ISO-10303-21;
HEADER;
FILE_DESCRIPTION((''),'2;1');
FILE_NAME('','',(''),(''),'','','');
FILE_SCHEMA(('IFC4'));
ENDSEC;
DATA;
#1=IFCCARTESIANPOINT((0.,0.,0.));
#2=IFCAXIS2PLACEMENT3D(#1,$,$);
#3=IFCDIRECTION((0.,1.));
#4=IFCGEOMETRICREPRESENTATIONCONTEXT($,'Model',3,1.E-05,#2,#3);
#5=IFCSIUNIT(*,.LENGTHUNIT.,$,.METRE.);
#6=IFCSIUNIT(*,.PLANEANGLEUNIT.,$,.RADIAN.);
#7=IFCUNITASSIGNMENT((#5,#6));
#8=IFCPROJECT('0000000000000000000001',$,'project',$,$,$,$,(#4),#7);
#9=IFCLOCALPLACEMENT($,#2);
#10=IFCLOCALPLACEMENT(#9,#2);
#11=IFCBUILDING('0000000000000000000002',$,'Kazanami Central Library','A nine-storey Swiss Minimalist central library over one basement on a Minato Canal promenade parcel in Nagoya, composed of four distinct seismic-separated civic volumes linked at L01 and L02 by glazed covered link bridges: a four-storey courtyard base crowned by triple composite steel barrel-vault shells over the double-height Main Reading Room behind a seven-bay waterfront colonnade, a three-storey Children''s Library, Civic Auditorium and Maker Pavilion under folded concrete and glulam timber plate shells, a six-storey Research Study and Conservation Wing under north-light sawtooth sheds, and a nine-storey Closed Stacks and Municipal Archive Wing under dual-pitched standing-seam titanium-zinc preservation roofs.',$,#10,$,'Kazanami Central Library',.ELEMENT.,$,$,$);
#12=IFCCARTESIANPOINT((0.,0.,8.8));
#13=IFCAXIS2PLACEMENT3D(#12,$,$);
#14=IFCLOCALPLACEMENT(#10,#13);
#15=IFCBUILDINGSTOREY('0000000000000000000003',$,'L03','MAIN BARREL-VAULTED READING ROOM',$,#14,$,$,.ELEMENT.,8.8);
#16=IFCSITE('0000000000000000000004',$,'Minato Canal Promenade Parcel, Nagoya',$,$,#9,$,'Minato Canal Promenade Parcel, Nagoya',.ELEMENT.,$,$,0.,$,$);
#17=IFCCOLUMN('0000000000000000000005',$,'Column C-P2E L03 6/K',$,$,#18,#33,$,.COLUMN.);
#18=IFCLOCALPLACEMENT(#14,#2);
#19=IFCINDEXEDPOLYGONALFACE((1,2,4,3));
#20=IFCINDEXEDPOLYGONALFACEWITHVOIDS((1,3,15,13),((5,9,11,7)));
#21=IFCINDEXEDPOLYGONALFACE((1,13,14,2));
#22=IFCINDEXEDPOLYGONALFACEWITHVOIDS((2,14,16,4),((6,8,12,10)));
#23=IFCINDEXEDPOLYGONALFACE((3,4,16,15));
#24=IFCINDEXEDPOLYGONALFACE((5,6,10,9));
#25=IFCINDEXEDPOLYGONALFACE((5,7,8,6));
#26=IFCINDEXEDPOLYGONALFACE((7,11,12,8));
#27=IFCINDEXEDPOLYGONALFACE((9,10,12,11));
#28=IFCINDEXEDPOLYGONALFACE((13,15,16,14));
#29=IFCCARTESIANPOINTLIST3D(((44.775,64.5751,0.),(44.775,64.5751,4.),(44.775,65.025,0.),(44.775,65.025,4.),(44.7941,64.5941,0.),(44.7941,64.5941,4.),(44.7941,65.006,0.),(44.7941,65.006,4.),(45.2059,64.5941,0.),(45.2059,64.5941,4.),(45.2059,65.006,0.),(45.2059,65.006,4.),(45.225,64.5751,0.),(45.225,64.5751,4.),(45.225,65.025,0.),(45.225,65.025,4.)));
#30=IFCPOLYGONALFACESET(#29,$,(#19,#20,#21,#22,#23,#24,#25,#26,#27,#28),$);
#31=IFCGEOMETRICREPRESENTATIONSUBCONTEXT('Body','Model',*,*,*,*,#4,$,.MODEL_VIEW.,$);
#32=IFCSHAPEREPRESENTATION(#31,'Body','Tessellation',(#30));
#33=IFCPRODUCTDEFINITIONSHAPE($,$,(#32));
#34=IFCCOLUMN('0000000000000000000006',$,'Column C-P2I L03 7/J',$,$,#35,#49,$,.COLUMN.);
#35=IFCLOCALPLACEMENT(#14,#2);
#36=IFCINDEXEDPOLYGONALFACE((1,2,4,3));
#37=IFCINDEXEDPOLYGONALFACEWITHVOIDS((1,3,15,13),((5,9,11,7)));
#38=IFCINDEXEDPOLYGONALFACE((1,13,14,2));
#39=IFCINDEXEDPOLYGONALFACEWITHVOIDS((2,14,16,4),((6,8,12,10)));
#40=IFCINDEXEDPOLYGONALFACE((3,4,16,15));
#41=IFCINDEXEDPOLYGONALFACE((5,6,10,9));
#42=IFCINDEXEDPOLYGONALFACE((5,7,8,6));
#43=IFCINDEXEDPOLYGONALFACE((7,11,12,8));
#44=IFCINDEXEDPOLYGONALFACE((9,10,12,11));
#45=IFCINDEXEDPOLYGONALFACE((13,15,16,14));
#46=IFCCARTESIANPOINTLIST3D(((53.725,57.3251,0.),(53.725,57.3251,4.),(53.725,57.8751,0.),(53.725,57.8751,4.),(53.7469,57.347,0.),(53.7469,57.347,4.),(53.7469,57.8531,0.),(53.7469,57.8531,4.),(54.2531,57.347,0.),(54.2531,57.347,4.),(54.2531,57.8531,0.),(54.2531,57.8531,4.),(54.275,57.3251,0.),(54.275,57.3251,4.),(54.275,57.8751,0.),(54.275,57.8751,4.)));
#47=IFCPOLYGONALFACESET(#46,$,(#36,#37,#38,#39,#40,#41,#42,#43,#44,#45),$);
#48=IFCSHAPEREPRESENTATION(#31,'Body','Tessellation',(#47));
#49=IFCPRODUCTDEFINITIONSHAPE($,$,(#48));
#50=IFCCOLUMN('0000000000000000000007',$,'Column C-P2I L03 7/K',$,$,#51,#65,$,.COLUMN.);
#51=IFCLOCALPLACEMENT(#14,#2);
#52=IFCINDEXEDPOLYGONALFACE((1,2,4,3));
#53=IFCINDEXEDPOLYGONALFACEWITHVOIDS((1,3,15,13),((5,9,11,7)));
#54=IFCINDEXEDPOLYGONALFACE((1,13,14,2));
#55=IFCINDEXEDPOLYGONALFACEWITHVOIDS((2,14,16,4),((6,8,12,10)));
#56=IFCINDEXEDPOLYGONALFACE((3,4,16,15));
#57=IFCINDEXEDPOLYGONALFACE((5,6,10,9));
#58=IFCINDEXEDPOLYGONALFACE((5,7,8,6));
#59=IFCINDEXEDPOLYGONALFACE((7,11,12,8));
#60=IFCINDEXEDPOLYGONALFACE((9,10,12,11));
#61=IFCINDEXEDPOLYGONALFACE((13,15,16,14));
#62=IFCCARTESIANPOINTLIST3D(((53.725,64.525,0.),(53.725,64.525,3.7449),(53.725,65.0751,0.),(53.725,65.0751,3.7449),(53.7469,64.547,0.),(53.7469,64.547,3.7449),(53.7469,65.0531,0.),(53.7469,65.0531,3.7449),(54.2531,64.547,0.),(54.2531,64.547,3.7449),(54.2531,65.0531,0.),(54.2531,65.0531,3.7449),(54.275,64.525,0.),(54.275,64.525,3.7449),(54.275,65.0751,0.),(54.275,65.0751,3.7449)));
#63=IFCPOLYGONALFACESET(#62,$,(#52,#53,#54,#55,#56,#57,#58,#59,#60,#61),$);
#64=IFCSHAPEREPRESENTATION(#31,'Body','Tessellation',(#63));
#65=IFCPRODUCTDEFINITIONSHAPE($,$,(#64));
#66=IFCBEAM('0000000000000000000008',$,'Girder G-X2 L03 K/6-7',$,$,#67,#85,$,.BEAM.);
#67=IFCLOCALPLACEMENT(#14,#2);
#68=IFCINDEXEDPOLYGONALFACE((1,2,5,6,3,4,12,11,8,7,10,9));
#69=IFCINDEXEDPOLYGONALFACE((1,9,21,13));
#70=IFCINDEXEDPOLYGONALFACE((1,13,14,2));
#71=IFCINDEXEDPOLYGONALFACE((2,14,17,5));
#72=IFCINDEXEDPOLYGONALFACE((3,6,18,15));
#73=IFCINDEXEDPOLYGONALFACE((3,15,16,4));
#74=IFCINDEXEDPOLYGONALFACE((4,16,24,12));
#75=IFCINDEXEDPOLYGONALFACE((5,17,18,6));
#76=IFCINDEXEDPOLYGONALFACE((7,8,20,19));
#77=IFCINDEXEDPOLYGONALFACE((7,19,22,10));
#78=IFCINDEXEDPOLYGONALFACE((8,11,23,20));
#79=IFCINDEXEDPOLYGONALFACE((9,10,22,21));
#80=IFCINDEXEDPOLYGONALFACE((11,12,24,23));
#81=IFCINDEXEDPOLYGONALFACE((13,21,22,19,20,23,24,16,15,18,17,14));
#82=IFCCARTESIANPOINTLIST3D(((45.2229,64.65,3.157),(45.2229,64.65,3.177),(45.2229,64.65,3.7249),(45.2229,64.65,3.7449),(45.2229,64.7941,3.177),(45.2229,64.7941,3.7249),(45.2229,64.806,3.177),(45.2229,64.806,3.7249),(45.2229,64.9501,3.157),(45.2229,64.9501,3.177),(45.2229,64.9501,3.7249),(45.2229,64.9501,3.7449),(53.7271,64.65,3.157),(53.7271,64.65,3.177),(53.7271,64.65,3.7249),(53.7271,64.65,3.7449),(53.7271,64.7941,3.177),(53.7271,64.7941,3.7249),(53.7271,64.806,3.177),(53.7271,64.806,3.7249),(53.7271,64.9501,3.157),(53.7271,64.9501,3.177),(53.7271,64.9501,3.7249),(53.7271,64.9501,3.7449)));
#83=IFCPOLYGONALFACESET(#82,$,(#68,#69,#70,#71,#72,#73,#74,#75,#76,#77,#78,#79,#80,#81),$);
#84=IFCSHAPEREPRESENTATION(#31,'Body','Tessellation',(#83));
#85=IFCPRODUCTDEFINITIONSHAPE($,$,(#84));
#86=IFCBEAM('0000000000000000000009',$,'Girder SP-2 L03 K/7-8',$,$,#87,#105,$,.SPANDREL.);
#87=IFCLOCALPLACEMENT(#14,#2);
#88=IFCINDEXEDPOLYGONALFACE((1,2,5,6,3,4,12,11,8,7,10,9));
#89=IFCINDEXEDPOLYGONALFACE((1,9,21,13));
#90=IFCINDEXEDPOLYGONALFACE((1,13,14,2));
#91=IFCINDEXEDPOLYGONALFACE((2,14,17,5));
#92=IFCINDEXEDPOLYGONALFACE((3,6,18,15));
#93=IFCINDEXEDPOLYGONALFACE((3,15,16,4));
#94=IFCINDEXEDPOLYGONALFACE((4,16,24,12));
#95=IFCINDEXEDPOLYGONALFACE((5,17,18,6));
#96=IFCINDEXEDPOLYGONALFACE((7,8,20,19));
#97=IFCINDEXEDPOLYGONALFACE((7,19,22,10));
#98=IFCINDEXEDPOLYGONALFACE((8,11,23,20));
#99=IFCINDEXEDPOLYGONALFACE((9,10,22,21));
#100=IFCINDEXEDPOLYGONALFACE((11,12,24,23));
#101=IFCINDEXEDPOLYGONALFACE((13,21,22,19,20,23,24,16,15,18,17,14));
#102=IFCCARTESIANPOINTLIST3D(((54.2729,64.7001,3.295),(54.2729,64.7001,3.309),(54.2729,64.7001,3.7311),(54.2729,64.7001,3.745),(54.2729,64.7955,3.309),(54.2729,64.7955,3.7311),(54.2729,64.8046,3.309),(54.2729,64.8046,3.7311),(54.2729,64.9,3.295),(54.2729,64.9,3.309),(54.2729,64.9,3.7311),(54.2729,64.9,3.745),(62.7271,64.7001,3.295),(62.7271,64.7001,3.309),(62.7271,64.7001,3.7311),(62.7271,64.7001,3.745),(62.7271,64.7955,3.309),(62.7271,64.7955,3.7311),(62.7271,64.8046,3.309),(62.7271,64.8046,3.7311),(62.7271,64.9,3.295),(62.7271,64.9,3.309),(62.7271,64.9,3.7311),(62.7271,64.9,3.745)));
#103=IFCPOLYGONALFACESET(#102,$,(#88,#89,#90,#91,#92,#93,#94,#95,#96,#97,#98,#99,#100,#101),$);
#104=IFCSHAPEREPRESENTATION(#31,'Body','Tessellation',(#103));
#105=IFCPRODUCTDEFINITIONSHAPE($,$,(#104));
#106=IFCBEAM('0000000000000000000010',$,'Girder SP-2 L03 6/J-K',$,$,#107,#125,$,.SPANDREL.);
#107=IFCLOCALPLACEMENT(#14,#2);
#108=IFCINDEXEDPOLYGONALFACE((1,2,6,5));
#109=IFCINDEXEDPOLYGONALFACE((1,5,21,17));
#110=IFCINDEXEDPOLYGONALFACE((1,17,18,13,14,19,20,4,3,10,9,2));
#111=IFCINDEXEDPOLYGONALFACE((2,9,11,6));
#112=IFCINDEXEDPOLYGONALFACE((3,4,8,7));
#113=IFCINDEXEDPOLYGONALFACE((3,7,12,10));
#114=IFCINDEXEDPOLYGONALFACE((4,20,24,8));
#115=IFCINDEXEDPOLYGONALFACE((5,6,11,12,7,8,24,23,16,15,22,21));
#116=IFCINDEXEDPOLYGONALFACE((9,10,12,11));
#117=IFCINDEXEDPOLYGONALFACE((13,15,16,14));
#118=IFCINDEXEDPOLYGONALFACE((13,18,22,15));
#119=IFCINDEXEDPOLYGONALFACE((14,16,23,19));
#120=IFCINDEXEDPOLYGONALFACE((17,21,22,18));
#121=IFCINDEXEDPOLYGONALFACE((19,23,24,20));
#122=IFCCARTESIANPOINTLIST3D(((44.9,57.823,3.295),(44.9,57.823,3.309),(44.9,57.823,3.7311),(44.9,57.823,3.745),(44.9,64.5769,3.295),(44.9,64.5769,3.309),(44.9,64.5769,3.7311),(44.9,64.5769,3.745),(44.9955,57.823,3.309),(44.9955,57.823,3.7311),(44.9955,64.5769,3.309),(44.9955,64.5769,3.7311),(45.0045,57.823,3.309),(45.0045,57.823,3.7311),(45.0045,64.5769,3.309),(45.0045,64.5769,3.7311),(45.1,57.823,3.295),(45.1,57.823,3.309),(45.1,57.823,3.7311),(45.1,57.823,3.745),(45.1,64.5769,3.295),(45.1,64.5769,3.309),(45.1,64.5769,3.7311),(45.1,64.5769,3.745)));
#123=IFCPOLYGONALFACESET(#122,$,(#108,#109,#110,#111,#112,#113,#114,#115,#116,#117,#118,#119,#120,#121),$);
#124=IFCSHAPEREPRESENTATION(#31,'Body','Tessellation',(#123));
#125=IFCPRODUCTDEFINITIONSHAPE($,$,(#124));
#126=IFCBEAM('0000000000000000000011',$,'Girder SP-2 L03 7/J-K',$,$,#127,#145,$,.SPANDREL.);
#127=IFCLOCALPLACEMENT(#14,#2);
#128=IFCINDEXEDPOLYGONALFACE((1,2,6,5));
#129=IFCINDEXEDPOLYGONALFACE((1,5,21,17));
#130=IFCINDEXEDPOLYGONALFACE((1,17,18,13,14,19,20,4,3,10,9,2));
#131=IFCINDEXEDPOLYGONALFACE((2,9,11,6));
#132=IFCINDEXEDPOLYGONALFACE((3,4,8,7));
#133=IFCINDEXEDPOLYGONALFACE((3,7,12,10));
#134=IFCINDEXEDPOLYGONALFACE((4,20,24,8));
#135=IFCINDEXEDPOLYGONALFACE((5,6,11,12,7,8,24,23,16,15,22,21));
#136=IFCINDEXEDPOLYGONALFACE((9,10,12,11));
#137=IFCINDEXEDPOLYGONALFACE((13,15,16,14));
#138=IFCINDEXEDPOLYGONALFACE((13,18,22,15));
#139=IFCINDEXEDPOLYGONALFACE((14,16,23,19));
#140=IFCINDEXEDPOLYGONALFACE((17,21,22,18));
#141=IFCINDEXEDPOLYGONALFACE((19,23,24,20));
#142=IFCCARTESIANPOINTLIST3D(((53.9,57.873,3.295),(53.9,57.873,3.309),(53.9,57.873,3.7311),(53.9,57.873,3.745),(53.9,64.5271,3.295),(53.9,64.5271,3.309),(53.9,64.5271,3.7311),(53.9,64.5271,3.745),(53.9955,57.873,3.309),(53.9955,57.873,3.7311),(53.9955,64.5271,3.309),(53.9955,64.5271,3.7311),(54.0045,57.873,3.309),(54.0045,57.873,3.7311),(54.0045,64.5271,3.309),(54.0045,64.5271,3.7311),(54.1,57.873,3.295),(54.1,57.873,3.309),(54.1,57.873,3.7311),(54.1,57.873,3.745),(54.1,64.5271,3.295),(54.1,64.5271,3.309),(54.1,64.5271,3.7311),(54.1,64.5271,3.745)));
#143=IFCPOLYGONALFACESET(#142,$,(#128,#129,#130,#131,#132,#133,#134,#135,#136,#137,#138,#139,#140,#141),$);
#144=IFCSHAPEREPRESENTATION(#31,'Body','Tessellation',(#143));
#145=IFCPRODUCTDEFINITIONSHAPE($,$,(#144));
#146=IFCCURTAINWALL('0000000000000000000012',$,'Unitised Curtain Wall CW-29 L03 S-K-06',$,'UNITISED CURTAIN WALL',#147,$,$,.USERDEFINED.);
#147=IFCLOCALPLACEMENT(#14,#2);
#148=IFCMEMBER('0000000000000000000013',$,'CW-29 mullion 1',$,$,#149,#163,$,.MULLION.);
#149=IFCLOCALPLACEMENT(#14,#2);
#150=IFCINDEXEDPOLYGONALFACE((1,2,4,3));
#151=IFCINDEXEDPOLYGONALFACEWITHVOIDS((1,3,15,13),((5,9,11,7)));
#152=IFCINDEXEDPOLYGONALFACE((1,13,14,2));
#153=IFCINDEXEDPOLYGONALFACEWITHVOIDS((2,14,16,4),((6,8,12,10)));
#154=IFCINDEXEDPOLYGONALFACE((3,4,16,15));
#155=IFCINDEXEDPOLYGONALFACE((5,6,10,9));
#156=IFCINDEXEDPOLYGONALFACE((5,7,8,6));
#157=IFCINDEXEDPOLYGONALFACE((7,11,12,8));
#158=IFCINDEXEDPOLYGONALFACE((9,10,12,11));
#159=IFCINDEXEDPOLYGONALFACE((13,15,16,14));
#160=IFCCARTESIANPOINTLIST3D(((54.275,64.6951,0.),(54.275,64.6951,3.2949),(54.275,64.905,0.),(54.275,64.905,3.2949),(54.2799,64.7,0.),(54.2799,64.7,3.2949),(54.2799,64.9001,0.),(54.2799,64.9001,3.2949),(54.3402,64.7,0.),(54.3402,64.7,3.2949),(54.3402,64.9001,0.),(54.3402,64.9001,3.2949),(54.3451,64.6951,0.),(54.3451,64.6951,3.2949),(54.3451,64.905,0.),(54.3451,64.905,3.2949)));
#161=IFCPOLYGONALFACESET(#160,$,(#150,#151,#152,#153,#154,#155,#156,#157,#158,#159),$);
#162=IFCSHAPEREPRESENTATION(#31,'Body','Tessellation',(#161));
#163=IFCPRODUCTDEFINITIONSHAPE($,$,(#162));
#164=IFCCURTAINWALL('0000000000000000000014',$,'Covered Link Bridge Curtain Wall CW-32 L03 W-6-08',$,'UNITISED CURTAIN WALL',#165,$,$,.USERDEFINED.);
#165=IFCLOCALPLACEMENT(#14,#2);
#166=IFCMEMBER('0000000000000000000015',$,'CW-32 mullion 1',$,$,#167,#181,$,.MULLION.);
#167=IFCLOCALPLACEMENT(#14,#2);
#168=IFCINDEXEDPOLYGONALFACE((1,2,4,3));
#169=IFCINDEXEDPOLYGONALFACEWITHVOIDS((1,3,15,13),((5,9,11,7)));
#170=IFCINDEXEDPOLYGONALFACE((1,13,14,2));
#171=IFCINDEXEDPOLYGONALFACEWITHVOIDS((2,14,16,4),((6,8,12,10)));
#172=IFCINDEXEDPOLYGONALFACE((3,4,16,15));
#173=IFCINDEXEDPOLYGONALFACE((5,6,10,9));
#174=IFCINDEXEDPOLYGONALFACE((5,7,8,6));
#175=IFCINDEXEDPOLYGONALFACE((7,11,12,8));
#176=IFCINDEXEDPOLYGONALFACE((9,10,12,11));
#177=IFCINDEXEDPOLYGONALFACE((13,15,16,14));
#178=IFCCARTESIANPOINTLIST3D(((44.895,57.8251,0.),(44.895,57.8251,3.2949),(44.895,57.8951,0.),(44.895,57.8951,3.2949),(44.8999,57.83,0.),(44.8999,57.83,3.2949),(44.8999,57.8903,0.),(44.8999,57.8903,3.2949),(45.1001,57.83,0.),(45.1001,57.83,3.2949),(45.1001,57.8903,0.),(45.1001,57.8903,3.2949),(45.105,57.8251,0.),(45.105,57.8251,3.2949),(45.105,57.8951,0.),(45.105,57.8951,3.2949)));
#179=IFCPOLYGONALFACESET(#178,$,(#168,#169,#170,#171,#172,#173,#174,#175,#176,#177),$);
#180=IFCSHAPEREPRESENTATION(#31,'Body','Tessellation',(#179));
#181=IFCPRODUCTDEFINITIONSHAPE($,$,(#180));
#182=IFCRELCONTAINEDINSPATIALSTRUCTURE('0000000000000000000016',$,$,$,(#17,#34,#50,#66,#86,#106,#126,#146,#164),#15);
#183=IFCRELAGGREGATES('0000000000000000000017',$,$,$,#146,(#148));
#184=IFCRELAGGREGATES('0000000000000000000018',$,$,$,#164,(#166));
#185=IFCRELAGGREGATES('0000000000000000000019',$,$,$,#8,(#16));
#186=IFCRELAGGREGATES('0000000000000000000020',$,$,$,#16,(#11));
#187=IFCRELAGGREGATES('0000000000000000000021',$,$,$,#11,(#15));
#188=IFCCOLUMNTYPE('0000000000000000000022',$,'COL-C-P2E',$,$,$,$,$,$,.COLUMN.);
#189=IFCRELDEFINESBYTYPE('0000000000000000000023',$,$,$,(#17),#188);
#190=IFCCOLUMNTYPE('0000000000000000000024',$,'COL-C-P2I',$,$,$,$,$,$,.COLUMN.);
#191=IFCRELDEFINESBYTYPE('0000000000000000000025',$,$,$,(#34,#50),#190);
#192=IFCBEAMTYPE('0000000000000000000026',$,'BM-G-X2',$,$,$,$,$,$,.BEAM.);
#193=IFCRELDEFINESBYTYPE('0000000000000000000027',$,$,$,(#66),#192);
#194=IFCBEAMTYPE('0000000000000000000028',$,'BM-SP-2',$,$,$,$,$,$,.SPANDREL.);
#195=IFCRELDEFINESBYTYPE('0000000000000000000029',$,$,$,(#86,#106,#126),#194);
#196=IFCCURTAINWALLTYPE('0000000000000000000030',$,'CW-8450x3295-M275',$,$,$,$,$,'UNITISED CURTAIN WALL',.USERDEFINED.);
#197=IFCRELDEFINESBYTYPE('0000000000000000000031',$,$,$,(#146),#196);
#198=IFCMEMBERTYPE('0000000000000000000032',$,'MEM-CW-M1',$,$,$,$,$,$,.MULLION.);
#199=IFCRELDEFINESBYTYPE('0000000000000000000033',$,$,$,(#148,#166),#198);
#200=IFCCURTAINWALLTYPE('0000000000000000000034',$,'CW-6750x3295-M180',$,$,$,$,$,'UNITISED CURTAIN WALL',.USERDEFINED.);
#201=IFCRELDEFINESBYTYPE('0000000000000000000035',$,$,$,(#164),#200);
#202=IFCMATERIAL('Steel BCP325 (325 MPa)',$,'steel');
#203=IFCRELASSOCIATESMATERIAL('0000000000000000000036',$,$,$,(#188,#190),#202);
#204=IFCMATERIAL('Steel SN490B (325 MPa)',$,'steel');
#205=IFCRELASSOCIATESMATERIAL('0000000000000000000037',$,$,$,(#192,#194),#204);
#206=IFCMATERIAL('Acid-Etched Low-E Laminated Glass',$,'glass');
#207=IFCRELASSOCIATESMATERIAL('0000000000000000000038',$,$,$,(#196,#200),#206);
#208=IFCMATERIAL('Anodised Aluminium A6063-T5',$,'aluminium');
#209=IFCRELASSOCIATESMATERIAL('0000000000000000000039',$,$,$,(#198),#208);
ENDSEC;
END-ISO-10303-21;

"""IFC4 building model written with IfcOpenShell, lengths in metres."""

from ifc_helpers import new_model, si_unit, direction, frame, origin, origin_2d, place, context, subcontext, project, spatial, hollow_rectangle, i_section, extrude, material, material_profile, profile_set, type_object, element, aggregate, save


model = new_model("IFC4")

# Units and contexts
model_context = context("Model", 3, precision=1e-05, world=origin(), true_north=direction((0.0, 1.0)))
body_context = subcontext(model_context, "Body", "Model", "MODEL_VIEW")
ifc_project = project(units=[si_unit("LENGTHUNIT", "METRE"), si_unit("PLANEANGLEUNIT", "RADIAN")], contexts=[model_context])

# Site, building, storey
site_placement = place(None, origin())
site = spatial("IfcSite", under=ifc_project, at=site_placement, Name="Minato Canal Promenade Parcel, Nagoya", LongName="Minato Canal Promenade Parcel, Nagoya", CompositionType="ELEMENT", RefElevation=0.0)
building_placement = place(site_placement, origin())
building = spatial("IfcBuilding", under=site, at=building_placement, Name="Kazanami Central Library", Description="A nine-storey Swiss Minimalist central library over one basement on a Minato Canal promenade parcel in Nagoya, composed of four distinct seismic-separated civic volumes linked at L01 and L02 by glazed covered link bridges: a four-storey courtyard base crowned by triple composite steel barrel-vault shells over the double-height Main Reading Room behind a seven-bay waterfront colonnade, a three-storey Children's Library, Civic Auditorium and Maker Pavilion under folded concrete and glulam timber plate shells, a six-storey Research Study and Conservation Wing under north-light sawtooth sheds, and a nine-storey Closed Stacks and Municipal Archive Wing under dual-pitched standing-seam titanium-zinc preservation roofs.", LongName="Kazanami Central Library", CompositionType="ELEMENT")
storey_placement = place(building_placement, frame((0.0, 0.0, 8.8)))
storey = spatial("IfcBuildingStorey", under=building, at=storey_placement, Name="L03", Description="MAIN BARREL-VAULTED READING ROOM", CompositionType="ELEMENT", Elevation=8.8)

# Columns
ifc_material_1 = material(Name="Steel BCP325 (325 MPa)", Category="steel")
ifc_material_profile_1 = material_profile(ifc_material_1, hollow_rectangle(XDim=0.45, YDim=0.45, WallThickness=0.019, at=origin_2d()), Name="BCP-450x450x19")
ifc_profile_set_1 = profile_set([ifc_material_profile_1], Name="Steel BCP325 (325 MPa)")
column_type_1 = type_object("IfcColumnType", Name="COL-C-P2E", PredefinedType="COLUMN", material=ifc_profile_set_1)
column_1_placement = place(storey_placement, frame((45.0, 64.8, 0.0), z_axis=(0.0, 0.0, 1.0), x_axis=(1.0, 0.0, 0.0)))
element("IfcColumn", 1, at=column_1_placement, inside=storey, type_object=column_type_1, Name="Column C-P2E L03 6/K", PredefinedType="COLUMN", context=body_context, shape_type="SweptSolid", body=[
    extrude(hollow_rectangle(XDim=0.45, YDim=0.45, WallThickness=0.019, at=origin_2d()), origin(), (0.0, 0.0, 1.0), 4.0),
])
ifc_material_profile_2 = material_profile(ifc_material_1, hollow_rectangle(XDim=0.55, YDim=0.55, WallThickness=0.022, at=origin_2d()), Name="BCP-550x550x22")
ifc_profile_set_2 = profile_set([ifc_material_profile_2], Name="Steel BCP325 (325 MPa)")
column_type_2 = type_object("IfcColumnType", Name="COL-C-P2I", PredefinedType="COLUMN", material=ifc_profile_set_2)
column_2_placement = place(storey_placement, frame((54.0, 57.6001, 0.0), z_axis=(0.0, 0.0, 1.0), x_axis=(1.0, 0.0, 0.0)))
element("IfcColumn", 2, at=column_2_placement, inside=storey, type_object=column_type_2, Name="Column C-P2I L03 7/J", PredefinedType="COLUMN", context=body_context, shape_type="SweptSolid", body=[
    extrude(hollow_rectangle(XDim=0.55, YDim=0.55, WallThickness=0.022, at=origin_2d()), origin(), (0.0, 0.0, 1.0), 4.0),
])
column_3_placement = place(storey_placement, frame((54.0, 64.8, 0.0), z_axis=(0.0, 0.0, 1.0), x_axis=(1.0, 0.0, 0.0)))
element("IfcColumn", 3, at=column_3_placement, inside=storey, type_object=column_type_2, Name="Column C-P2I L03 7/K", PredefinedType="COLUMN", context=body_context, shape_type="SweptSolid", body=[
    extrude(hollow_rectangle(XDim=0.55, YDim=0.55, WallThickness=0.022, at=origin_2d()), origin(), (0.0, 0.0, 1.0), 3.7449),
])

# Beams
ifc_material_2 = material(Name="Steel SN490B (325 MPa)", Category="steel")
ifc_material_profile_3 = material_profile(ifc_material_2, i_section(OverallWidth=0.3, OverallDepth=0.5879, WebThickness=0.012, FlangeThickness=0.02, at=origin_2d()), Name="H-588x300x12x20")
ifc_profile_set_3 = profile_set([ifc_material_profile_3], Name="Steel SN490B (325 MPa)")
beam_type_1 = type_object("IfcBeamType", Name="BM-G-X2", PredefinedType="BEAM", material=ifc_profile_set_3)
beam_1_placement = place(storey_placement, frame((45.2229, 64.8, 3.4509), z_axis=(1.0, 0.0, 0.0), x_axis=(0.0, 1.0, 0.0)))
element("IfcBeam", 4, at=beam_1_placement, inside=storey, type_object=beam_type_1, Name="Girder G-X2 L03 K/6-7", PredefinedType="BEAM", context=body_context, shape_type="SweptSolid", body=[
    extrude(i_section(OverallWidth=0.3, OverallDepth=0.5879, WebThickness=0.012, FlangeThickness=0.02, at=origin_2d()), origin(), (0.0, 0.0, 1.0), 8.5042),
])
ifc_material_profile_4 = material_profile(ifc_material_2, i_section(OverallWidth=0.2, OverallDepth=0.45, WebThickness=0.009, FlangeThickness=0.0139, at=origin_2d()), Name="H-450x200x9x14")
ifc_profile_set_4 = profile_set([ifc_material_profile_4], Name="Steel SN490B (325 MPa)")
beam_type_2 = type_object("IfcBeamType", Name="BM-SP-2", PredefinedType="SPANDREL", material=ifc_profile_set_4)
beam_2_placement = place(storey_placement, frame((54.2729, 64.8, 3.52), z_axis=(1.0, 0.0, 0.0), x_axis=(0.0, 1.0, 0.0)))
element("IfcBeam", 5, at=beam_2_placement, inside=storey, type_object=beam_type_2, Name="Girder SP-2 L03 K/7-8", PredefinedType="SPANDREL", context=body_context, shape_type="SweptSolid", body=[
    extrude(i_section(OverallWidth=0.2, OverallDepth=0.45, WebThickness=0.009, FlangeThickness=0.0139, at=origin_2d()), origin(), (0.0, 0.0, 1.0), 8.4541),
])
beam_3_placement = place(storey_placement, frame((45.0, 57.823, 3.52), z_axis=(0.0, 1.0, 0.0), x_axis=(-1.0, 0.0, 0.0)))
element("IfcBeam", 6, at=beam_3_placement, inside=storey, type_object=beam_type_2, Name="Girder SP-2 L03 6/J-K", PredefinedType="SPANDREL", context=body_context, shape_type="SweptSolid", body=[
    extrude(i_section(OverallWidth=0.2, OverallDepth=0.45, WebThickness=0.009, FlangeThickness=0.0139, at=origin_2d()), origin(), (0.0, 0.0, 1.0), 6.7539),
])
beam_4_placement = place(storey_placement, frame((54.0, 57.873, 3.52), z_axis=(0.0, 1.0, 0.0), x_axis=(-1.0, 0.0, 0.0)))
element("IfcBeam", 7, at=beam_4_placement, inside=storey, type_object=beam_type_2, Name="Girder SP-2 L03 7/J-K", PredefinedType="SPANDREL", context=body_context, shape_type="SweptSolid", body=[
    extrude(i_section(OverallWidth=0.2, OverallDepth=0.45, WebThickness=0.009, FlangeThickness=0.0139, at=origin_2d()), origin(), (0.0, 0.0, 1.0), 6.6541),
])

# Curtain wall, member
ifc_material_3 = material(Name="Acid-Etched Low-E Laminated Glass", Category="glass")
curtain_wall_type_1 = type_object("IfcCurtainWallType", Name="CW-8450x3295-M275", ElementType="UNITISED CURTAIN WALL", PredefinedType="USERDEFINED", material=ifc_material_3)
curtain_wall_1_placement = place(storey_placement, origin())
curtain_wall_1 = element("IfcCurtainWall", 8, at=curtain_wall_1_placement, inside=storey, type_object=curtain_wall_type_1, Name="Unitised Curtain Wall CW-29 L03 S-K-06", ObjectType="UNITISED CURTAIN WALL", PredefinedType="USERDEFINED")
ifc_material_4 = material(Name="Anodised Aluminium A6063-T5", Category="aluminium")
ifc_material_profile_5 = material_profile(ifc_material_4, hollow_rectangle(XDim=0.0701, YDim=0.21, WallThickness=0.0049, at=origin_2d()), Name="ALU-MULL-70x210x5")
ifc_profile_set_5 = profile_set([ifc_material_profile_5], Name="Anodised Aluminium A6063-T5")
member_type_1 = type_object("IfcMemberType", Name="MEM-CW-M1", PredefinedType="MULLION", material=ifc_profile_set_5)
member_1_placement = place(storey_placement, frame((54.3101, 64.8, 0.0), z_axis=(0.0, 0.0, 1.0), x_axis=(1.0, 0.0, 0.0)))
member_1 = element("IfcMember", 9, at=member_1_placement, type_object=member_type_1, Name="CW-29 mullion 1", PredefinedType="MULLION", context=body_context, shape_type="SweptSolid", body=[
    extrude(hollow_rectangle(XDim=0.0701, YDim=0.21, WallThickness=0.0049, at=origin_2d()), origin(), (0.0, 0.0, 1.0), 3.2949),
])

# Curtain wall, member
curtain_wall_type_2 = type_object("IfcCurtainWallType", Name="CW-6750x3295-M180", ElementType="UNITISED CURTAIN WALL", PredefinedType="USERDEFINED", material=ifc_material_3)
curtain_wall_2_placement = place(storey_placement, origin())
curtain_wall_2 = element("IfcCurtainWall", 10, at=curtain_wall_2_placement, inside=storey, type_object=curtain_wall_type_2, Name="Covered Link Bridge Curtain Wall CW-32 L03 W-6-08", ObjectType="UNITISED CURTAIN WALL", PredefinedType="USERDEFINED")
member_2_placement = place(storey_placement, frame((45.0, 57.8601, 0.0), z_axis=(0.0, 0.0, 1.0), x_axis=(0.0, 1.0, 0.0)))
member_2 = element("IfcMember", 11, at=member_2_placement, type_object=member_type_1, Name="CW-32 mullion 1", PredefinedType="MULLION", context=body_context, shape_type="SweptSolid", body=[
    extrude(hollow_rectangle(XDim=0.0701, YDim=0.21, WallThickness=0.0049, at=origin_2d()), origin(), (0.0, 0.0, 1.0), 3.2949),
])

aggregate(curtain_wall_1, [member_1])

aggregate(curtain_wall_2, [member_2])

save(model, "model.ifc")
